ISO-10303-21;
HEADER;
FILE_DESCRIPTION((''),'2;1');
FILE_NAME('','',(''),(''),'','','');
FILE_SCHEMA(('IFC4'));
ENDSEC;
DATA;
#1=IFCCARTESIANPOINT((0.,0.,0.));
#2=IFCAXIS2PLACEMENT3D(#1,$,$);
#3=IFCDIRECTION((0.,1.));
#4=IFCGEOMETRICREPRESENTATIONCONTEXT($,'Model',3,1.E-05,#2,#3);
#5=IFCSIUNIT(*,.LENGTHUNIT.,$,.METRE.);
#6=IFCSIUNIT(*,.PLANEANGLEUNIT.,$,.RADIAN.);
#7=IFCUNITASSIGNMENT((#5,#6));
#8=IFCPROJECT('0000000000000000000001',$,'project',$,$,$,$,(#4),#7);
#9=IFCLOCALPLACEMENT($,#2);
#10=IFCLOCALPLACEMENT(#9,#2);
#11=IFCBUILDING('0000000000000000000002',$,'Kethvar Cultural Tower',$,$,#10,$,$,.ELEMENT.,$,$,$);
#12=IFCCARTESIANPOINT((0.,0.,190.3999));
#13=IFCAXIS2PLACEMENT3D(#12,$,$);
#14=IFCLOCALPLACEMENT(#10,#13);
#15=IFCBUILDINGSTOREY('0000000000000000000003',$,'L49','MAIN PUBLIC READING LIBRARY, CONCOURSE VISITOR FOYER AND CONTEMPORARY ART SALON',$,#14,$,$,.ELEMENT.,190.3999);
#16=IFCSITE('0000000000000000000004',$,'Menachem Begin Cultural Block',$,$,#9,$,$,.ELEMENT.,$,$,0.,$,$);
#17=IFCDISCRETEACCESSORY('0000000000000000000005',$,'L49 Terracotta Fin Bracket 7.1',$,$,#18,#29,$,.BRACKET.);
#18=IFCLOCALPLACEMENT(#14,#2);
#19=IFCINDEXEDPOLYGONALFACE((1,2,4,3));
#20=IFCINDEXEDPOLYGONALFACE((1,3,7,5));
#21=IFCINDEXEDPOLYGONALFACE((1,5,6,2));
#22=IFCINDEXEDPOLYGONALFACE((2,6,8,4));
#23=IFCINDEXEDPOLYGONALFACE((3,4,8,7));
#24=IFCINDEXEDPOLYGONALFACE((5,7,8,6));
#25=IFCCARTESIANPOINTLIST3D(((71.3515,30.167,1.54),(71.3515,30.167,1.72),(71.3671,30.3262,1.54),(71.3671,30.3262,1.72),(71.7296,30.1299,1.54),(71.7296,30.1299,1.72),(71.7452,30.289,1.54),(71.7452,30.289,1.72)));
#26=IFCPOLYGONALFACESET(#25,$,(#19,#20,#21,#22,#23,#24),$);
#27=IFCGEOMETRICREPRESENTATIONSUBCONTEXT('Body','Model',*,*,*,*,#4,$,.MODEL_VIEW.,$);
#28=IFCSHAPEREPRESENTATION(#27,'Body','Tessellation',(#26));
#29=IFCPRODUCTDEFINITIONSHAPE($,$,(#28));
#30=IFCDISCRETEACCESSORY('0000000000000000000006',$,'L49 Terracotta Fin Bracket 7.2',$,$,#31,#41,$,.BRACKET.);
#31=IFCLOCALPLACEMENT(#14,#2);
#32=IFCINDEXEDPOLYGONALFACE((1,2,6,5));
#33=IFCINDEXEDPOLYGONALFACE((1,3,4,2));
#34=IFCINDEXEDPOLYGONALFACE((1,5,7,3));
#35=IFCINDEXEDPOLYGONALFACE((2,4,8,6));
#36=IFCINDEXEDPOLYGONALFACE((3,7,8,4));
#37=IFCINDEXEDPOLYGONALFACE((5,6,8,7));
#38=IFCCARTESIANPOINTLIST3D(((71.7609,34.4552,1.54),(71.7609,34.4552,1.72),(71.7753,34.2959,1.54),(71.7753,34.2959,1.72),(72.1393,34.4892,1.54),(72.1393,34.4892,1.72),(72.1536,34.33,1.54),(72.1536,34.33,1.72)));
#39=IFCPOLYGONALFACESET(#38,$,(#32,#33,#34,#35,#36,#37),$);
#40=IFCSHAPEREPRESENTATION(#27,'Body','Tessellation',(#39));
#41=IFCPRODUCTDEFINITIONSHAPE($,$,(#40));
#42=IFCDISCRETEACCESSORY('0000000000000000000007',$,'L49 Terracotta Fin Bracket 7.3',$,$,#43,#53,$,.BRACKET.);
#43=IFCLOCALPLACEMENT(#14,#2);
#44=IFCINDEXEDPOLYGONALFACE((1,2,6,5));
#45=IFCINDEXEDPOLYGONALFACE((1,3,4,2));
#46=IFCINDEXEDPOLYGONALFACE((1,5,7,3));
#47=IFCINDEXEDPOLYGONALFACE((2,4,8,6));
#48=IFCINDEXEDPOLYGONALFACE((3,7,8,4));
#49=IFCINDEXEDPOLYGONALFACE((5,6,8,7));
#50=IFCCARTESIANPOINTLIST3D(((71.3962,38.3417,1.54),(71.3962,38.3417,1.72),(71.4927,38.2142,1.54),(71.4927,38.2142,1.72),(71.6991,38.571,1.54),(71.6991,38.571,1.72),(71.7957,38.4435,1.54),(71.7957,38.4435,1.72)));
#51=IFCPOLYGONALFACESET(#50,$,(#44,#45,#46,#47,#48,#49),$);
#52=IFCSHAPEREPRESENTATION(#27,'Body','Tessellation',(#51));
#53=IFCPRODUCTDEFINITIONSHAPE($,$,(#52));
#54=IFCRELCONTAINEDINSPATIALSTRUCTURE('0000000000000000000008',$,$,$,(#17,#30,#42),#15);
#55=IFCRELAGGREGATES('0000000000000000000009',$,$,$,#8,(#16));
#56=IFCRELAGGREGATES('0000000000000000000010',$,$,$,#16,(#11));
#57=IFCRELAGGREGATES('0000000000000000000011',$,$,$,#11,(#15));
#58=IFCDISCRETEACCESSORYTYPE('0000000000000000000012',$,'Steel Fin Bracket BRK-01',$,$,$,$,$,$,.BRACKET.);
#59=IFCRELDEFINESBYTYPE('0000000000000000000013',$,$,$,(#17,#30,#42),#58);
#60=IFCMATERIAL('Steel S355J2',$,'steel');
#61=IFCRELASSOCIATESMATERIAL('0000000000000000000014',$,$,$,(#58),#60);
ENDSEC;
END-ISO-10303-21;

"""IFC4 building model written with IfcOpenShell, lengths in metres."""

from ifc_helpers import new_model, si_unit, direction, frame, origin, origin_2d, place, context, subcontext, project, spatial, rectangle, extrude, source, transform, mapped, material, type_object, element, save


model = new_model("IFC4")

# Units and contexts
model_context = context("Model", 3, precision=1e-05, world=origin(), true_north=direction((0.0, 1.0)))
body_context = subcontext(model_context, "Body", "Model", "MODEL_VIEW")
ifc_project = project(units=[si_unit("LENGTHUNIT", "METRE"), si_unit("PLANEANGLEUNIT", "RADIAN")], contexts=[model_context])

# Site, building, storey
site_placement = place(None, origin())
site = spatial("IfcSite", under=ifc_project, at=site_placement, Name="Menachem Begin Cultural Block", CompositionType="ELEMENT", RefElevation=0.0)
building_placement = place(site_placement, origin())
building = spatial("IfcBuilding", under=site, at=building_placement, Name="Kethvar Cultural Tower", CompositionType="ELEMENT")
storey_placement = place(building_placement, frame((0.0, 0.0, 190.3999)))
storey = spatial("IfcBuildingStorey", under=building, at=storey_placement, Name="L49", Description="MAIN PUBLIC READING LIBRARY, CONCOURSE VISITOR FOYER AND CONTEMPORARY ART SALON", CompositionType="ELEMENT", Elevation=190.3999)

# Shared definitions
ifc_material_1 = material(Name="Steel S355J2", Category="steel")

# Discrete accessories
discrete_accessory_type = type_object("IfcDiscreteAccessoryType", Name="Steel Fin Bracket BRK-01", PredefinedType="BRACKET", material=ifc_material_1)
shared_shape_1 = source(origin(), body_context, "Body", "SweptSolid", [
    extrude(rectangle(XDim=0.3799, YDim=0.1599, at=origin_2d()), origin(), (0.0, 0.0, 1.0), 0.1799),
])
for number, where, z_axis, x_axis, name in (
    (1, (71.5483, 30.228, 1.54), (0.0, 0.0, 1.0), (0.99521, -0.097757, 0.0), "L49 Terracotta Fin Bracket 7.1"),
    (2, (71.9573, 34.3926, 1.54), (0.0, 0.0, 1.0), (0.995979, 0.08959, 0.0), "L49 Terracotta Fin Bracket 7.2"),
    (3, (71.5959, 38.3926, 1.54), (0.0, 0.0, 1.0), (0.797373, 0.603486, 0.0), "L49 Terracotta Fin Bracket 7.3"),
):
    element("IfcDiscreteAccessory", number, at=place(storey_placement, frame(where, z_axis=z_axis, x_axis=x_axis)), inside=storey, type_object=discrete_accessory_type, Name=name, PredefinedType="BRACKET", context=body_context, shape_type="MappedRepresentation", body=[
        mapped(shared_shape_1, transform((0.0, 0.0, 0.0), scale=1.0)),
    ])

save(model, "model.ifc")
